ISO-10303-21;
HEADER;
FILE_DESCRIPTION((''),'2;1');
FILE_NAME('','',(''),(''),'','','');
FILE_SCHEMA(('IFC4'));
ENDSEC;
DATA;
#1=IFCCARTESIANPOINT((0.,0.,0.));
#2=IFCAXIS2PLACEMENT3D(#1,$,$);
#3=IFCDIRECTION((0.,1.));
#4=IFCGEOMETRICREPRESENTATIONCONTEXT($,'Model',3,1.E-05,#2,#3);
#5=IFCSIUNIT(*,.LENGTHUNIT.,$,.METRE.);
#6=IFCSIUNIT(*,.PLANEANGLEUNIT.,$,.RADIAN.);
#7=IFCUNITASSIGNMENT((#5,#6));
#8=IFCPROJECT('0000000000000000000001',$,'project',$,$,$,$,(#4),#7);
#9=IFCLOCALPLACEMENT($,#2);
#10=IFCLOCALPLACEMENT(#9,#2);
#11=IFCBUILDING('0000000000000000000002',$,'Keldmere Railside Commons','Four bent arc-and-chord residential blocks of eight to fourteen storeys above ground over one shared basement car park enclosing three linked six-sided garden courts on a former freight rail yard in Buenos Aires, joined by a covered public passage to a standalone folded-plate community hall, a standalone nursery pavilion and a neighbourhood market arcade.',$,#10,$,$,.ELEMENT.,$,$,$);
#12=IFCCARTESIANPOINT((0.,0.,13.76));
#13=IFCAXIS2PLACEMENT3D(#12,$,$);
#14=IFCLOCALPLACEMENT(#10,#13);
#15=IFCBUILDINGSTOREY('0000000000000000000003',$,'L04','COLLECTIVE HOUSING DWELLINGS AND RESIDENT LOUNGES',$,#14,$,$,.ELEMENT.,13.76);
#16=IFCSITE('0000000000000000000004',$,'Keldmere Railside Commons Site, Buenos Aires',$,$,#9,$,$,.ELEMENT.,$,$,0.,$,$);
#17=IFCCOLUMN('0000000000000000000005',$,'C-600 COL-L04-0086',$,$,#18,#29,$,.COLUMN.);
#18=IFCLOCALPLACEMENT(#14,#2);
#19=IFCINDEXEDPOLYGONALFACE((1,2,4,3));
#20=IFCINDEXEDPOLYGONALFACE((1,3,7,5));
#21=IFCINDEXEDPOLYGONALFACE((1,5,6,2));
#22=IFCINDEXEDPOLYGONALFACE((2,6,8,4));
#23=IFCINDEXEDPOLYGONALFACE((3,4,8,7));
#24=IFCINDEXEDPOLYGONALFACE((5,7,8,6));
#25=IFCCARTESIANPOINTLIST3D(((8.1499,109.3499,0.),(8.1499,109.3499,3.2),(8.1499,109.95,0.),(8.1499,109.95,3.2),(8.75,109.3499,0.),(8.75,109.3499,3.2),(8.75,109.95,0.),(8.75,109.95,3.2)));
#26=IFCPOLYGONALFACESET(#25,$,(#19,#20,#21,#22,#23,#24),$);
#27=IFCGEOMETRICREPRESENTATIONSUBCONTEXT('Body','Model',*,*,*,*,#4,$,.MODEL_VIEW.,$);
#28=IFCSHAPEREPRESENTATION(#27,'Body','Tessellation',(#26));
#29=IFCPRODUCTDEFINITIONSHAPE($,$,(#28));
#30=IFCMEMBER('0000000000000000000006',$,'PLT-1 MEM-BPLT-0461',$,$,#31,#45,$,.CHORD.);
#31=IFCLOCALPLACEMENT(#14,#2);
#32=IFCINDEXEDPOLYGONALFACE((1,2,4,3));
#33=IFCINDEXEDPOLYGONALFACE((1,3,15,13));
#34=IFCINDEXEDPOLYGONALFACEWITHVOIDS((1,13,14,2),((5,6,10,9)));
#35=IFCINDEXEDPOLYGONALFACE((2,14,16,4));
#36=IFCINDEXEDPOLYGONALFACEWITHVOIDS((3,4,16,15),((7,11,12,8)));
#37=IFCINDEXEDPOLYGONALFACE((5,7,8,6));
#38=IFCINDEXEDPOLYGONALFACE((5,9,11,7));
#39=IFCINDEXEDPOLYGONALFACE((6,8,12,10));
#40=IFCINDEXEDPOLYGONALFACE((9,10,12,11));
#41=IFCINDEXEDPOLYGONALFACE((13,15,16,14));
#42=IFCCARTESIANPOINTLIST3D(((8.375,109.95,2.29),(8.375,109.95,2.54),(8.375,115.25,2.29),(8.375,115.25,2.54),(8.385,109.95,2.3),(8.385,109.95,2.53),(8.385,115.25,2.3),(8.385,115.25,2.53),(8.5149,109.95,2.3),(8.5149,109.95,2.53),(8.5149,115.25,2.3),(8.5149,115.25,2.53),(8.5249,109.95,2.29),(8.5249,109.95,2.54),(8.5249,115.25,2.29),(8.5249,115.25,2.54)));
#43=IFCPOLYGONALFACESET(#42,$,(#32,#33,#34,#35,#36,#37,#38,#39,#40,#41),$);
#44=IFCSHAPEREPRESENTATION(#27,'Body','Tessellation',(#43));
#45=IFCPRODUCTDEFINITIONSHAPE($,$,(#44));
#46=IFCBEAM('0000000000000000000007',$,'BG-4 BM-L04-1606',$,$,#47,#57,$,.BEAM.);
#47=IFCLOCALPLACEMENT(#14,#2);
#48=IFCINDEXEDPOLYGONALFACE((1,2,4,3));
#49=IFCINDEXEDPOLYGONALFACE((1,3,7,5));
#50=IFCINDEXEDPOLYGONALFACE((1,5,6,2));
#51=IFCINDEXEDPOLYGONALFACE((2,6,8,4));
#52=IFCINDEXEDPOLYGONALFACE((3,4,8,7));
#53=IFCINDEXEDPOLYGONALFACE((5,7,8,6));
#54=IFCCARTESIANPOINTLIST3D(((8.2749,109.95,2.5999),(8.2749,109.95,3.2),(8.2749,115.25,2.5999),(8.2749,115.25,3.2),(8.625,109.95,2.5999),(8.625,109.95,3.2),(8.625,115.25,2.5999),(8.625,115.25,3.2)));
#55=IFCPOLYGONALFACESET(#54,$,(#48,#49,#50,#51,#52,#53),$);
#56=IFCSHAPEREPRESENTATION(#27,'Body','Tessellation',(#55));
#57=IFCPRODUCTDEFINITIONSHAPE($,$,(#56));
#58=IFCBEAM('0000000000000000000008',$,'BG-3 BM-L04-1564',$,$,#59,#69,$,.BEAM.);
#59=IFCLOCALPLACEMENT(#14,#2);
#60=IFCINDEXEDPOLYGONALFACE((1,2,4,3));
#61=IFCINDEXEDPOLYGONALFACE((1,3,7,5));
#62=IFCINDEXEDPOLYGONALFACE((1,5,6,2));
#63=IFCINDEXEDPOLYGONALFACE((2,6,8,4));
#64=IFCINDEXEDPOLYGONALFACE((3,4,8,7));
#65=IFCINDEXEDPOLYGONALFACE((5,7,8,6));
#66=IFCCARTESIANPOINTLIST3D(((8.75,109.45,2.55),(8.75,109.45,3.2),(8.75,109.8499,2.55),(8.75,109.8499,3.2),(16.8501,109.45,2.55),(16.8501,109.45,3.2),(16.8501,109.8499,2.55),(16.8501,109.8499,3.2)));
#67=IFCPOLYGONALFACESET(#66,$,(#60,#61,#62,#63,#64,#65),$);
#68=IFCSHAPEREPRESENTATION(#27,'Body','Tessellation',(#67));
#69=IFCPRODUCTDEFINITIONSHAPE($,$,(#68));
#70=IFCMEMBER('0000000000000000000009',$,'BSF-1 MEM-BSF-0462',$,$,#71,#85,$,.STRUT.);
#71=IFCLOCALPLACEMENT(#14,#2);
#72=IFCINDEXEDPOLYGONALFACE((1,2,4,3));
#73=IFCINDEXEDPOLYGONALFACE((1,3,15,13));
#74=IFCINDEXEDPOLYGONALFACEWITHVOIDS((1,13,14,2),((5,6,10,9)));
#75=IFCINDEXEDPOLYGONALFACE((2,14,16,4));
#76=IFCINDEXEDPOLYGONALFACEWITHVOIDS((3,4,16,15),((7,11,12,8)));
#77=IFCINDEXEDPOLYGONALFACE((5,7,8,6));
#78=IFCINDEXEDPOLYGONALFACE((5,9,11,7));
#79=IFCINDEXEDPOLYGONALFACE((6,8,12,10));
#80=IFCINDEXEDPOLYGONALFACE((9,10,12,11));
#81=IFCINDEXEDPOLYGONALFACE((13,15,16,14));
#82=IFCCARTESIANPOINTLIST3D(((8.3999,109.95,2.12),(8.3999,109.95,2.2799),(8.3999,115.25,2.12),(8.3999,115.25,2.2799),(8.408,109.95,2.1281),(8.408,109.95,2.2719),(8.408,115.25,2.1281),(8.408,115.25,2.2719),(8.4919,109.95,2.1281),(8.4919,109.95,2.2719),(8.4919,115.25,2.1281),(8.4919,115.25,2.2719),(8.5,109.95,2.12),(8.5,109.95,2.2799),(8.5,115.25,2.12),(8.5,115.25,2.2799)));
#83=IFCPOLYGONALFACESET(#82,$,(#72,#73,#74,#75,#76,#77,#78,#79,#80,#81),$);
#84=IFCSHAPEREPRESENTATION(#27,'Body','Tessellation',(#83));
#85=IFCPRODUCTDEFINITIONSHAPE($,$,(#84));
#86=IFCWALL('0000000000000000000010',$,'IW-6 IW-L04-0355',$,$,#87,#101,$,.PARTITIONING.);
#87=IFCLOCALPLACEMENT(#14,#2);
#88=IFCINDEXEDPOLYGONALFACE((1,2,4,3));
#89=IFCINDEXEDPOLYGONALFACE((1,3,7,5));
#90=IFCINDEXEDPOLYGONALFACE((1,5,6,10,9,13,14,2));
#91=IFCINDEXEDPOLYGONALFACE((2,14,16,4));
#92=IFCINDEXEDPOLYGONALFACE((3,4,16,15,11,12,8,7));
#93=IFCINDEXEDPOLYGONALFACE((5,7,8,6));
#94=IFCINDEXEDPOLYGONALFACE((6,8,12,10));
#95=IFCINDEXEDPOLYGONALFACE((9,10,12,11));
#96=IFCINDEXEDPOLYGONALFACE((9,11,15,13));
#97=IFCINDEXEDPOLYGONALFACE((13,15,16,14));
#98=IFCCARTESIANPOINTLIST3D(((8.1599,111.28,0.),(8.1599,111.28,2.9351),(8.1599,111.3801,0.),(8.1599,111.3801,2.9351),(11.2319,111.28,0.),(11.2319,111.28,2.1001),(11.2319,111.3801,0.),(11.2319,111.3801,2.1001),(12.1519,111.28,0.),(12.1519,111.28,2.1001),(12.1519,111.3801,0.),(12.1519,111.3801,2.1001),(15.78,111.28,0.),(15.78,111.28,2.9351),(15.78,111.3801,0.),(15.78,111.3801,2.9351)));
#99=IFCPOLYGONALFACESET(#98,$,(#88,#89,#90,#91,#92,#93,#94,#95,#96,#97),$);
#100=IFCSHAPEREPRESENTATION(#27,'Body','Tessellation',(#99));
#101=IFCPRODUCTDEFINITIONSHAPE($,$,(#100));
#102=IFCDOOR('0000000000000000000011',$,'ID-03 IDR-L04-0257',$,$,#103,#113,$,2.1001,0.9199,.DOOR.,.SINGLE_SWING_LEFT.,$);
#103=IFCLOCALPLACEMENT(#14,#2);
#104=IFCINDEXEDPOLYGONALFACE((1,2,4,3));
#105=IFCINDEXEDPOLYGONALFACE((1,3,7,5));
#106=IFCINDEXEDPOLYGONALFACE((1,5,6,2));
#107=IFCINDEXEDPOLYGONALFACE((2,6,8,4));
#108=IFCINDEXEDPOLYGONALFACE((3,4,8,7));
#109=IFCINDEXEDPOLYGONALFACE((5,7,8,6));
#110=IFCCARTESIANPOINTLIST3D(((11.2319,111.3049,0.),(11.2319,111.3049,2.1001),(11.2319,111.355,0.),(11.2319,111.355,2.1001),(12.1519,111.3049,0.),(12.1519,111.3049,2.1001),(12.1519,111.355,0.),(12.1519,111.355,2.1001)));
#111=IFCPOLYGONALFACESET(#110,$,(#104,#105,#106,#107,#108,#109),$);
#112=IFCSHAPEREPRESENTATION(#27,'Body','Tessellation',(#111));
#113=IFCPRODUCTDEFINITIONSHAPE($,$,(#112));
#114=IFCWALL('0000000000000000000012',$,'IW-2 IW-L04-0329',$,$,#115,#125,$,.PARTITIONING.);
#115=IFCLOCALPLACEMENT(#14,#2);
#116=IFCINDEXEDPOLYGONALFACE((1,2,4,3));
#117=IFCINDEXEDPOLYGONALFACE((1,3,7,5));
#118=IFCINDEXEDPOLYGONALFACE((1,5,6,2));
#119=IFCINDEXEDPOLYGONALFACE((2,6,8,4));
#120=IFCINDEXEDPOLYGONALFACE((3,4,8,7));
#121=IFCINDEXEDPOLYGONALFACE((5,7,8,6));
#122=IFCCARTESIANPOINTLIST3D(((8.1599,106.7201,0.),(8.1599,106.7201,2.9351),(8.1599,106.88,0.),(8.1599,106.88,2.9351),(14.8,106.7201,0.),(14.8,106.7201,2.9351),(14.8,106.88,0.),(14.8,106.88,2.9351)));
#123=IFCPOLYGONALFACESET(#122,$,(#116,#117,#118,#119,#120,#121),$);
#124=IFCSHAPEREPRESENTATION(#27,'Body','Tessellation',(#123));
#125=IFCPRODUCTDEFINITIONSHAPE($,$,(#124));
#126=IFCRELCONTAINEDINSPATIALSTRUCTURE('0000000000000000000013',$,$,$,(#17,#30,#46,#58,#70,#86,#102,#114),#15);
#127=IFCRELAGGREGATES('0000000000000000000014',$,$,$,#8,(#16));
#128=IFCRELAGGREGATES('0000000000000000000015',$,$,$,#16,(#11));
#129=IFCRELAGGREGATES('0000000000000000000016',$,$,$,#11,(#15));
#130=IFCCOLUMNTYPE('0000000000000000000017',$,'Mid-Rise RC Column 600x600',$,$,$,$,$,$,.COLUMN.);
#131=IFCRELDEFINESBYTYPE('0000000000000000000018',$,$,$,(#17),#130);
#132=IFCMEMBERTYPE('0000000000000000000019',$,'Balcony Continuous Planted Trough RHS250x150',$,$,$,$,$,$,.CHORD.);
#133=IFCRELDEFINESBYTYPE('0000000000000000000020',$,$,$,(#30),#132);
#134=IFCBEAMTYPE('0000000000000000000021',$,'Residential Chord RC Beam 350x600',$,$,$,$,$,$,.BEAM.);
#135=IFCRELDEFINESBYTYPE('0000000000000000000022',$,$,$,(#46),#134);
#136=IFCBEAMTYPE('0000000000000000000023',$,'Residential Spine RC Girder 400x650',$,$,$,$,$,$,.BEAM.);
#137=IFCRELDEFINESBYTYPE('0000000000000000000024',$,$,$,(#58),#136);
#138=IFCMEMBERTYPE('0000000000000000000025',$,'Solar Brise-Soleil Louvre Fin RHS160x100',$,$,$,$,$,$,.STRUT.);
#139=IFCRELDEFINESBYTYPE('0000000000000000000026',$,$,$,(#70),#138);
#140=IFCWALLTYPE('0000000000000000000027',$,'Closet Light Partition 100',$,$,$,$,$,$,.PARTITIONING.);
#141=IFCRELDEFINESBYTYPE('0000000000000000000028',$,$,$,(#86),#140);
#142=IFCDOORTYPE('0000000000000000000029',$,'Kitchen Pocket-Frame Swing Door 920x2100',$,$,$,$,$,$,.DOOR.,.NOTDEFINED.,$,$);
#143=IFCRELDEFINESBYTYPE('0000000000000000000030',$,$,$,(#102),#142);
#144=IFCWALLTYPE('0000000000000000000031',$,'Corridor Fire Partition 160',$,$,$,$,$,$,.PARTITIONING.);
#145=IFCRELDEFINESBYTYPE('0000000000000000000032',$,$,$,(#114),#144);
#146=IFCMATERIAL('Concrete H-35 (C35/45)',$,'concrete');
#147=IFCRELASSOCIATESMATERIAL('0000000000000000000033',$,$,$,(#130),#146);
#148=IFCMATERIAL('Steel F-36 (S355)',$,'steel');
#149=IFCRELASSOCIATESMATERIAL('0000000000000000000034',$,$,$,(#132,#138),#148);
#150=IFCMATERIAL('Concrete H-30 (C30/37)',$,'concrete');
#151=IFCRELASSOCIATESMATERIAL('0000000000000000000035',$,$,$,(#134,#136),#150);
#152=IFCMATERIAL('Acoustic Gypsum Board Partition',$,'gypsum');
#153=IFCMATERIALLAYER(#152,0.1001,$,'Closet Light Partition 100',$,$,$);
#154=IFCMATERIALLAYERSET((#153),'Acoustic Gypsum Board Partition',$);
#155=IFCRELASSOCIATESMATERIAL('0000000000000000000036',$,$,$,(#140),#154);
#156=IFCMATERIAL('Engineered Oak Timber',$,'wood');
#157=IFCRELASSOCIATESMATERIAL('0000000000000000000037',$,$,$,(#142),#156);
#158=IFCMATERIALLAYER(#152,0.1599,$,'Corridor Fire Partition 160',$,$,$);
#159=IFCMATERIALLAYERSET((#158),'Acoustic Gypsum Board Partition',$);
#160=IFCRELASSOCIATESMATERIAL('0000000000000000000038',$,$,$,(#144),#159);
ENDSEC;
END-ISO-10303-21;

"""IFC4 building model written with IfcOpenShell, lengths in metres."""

from ifc_helpers import new_model, si_unit, direction, frame, frame_2d, origin, origin_2d, place, context, subcontext, project, spatial, rectangle, hollow_rectangle, extrude, material, layer, layer_set, material_profile, profile_set, type_object, element, fill, save


model = new_model("IFC4")

# Units and contexts
model_context = context("Model", 3, precision=1e-05, world=origin(), true_north=direction((0.0, 1.0)))
body_context = subcontext(model_context, "Body", "Model", "MODEL_VIEW")
ifc_project = project(units=[si_unit("LENGTHUNIT", "METRE"), si_unit("PLANEANGLEUNIT", "RADIAN")], contexts=[model_context])

# Site, building, storey
site_placement = place(None, origin())
site = spatial("IfcSite", under=ifc_project, at=site_placement, Name="Keldmere Railside Commons Site, Buenos Aires", CompositionType="ELEMENT", RefElevation=0.0)
building_placement = place(site_placement, origin())
building = spatial("IfcBuilding", under=site, at=building_placement, Name="Keldmere Railside Commons", Description="Four bent arc-and-chord residential blocks of eight to fourteen storeys above ground over one shared basement car park enclosing three linked six-sided garden courts on a former freight rail yard in Buenos Aires, joined by a covered public passage to a standalone folded-plate community hall, a standalone nursery pavilion and a neighbourhood market arcade.", CompositionType="ELEMENT")
storey_placement = place(building_placement, frame((0.0, 0.0, 13.76)))
storey = spatial("IfcBuildingStorey", under=building, at=storey_placement, Name="L04", Description="COLLECTIVE HOUSING DWELLINGS AND RESIDENT LOUNGES", CompositionType="ELEMENT", Elevation=13.76)

# Column
ifc_material_1 = material(Name="Concrete H-35 (C35/45)", Category="concrete")
ifc_material_profile_1 = material_profile(ifc_material_1, rectangle(XDim=0.6001, YDim=0.6001, at=origin_2d()), Name="RC-600x600")
ifc_profile_set_1 = profile_set([ifc_material_profile_1], Name="Concrete H-35 (C35/45)")
column_type = type_object("IfcColumnType", Name="Mid-Rise RC Column 600x600", PredefinedType="COLUMN", material=ifc_profile_set_1)
column_placement = place(storey_placement, frame((8.45, 109.6499, 0.0), z_axis=(0.0, 0.0, 1.0), x_axis=(1.0, 0.0, 0.0)))
element("IfcColumn", 1, at=column_placement, inside=storey, type_object=column_type, Name="C-600 COL-L04-0086", PredefinedType="COLUMN", context=body_context, shape_type="SweptSolid", body=[
    extrude(rectangle(XDim=0.6001, YDim=0.6001, at=origin_2d()), origin(), (0.0, 0.0, 1.0), 3.2),
])

# Member
ifc_material_2 = material(Name="Steel F-36 (S355)", Category="steel")
ifc_material_profile_2 = material_profile(ifc_material_2, hollow_rectangle(XDim=0.1499, YDim=0.25, WallThickness=0.01, at=origin_2d()), Name="RHS-250x150x10")
ifc_profile_set_2 = profile_set([ifc_material_profile_2], Name="Steel F-36 (S355)")
member_type_1 = type_object("IfcMemberType", Name="Balcony Continuous Planted Trough RHS250x150", PredefinedType="CHORD", material=ifc_profile_set_2)
member_1_placement = place(storey_placement, frame((8.45, 109.95, 2.415), z_axis=(0.0, 1.0, 0.0), x_axis=(-1.0, 0.0, 0.0)))
element("IfcMember", 2, at=member_1_placement, inside=storey, type_object=member_type_1, Name="PLT-1 MEM-BPLT-0461", PredefinedType="CHORD", context=body_context, shape_type="SweptSolid", body=[
    extrude(hollow_rectangle(XDim=0.1499, YDim=0.25, WallThickness=0.01, at=origin_2d()), origin(), (0.0, 0.0, 1.0), 5.3),
])

# Beams
ifc_material_3 = material(Name="Concrete H-30 (C30/37)", Category="concrete")
ifc_material_profile_3 = material_profile(ifc_material_3, rectangle(XDim=0.3501, YDim=0.6001, at=origin_2d()), Name="RC-350x600")
ifc_profile_set_3 = profile_set([ifc_material_profile_3], Name="Concrete H-30 (C30/37)")
beam_type_1 = type_object("IfcBeamType", Name="Residential Chord RC Beam 350x600", PredefinedType="BEAM", material=ifc_profile_set_3)
beam_1_placement = place(storey_placement, frame((8.45, 109.95, 2.8999), z_axis=(0.0, 1.0, 0.0), x_axis=(-1.0, 0.0, 0.0)))
element("IfcBeam", 3, at=beam_1_placement, inside=storey, type_object=beam_type_1, Name="BG-4 BM-L04-1606", PredefinedType="BEAM", context=body_context, shape_type="SweptSolid", body=[
    extrude(rectangle(XDim=0.3501, YDim=0.6001, at=origin_2d()), origin(), (0.0, 0.0, 1.0), 5.3),
])
ifc_material_profile_4 = material_profile(ifc_material_3, rectangle(XDim=0.3999, YDim=0.6499, at=origin_2d()), Name="RC-400x650")
ifc_profile_set_4 = profile_set([ifc_material_profile_4], Name="Concrete H-30 (C30/37)")
beam_type_2 = type_object("IfcBeamType", Name="Residential Spine RC Girder 400x650", PredefinedType="BEAM", material=ifc_profile_set_4)
beam_2_placement = place(storey_placement, frame((8.75, 109.6499, 2.875), z_axis=(1.0, 0.0, 0.0), x_axis=(0.0, 1.0, 0.0)))
element("IfcBeam", 4, at=beam_2_placement, inside=storey, type_object=beam_type_2, Name="BG-3 BM-L04-1564", PredefinedType="BEAM", context=body_context, shape_type="SweptSolid", body=[
    extrude(rectangle(XDim=0.3999, YDim=0.6499, at=origin_2d()), origin(), (0.0, 0.0, 1.0), 8.1001),
])

# Member
ifc_material_profile_5 = material_profile(ifc_material_2, hollow_rectangle(XDim=0.1001, YDim=0.1599, WallThickness=0.0081, at=origin_2d()), Name="RHS-160x100x8")
ifc_profile_set_5 = profile_set([ifc_material_profile_5], Name="Steel F-36 (S355)")
member_type_2 = type_object("IfcMemberType", Name="Solar Brise-Soleil Louvre Fin RHS160x100", PredefinedType="STRUT", material=ifc_profile_set_5)
member_2_placement = place(storey_placement, frame((8.45, 109.95, 2.2), z_axis=(0.0, 1.0, 0.0), x_axis=(-1.0, 0.0, 0.0)))
element("IfcMember", 5, at=member_2_placement, inside=storey, type_object=member_type_2, Name="BSF-1 MEM-BSF-0462", PredefinedType="STRUT", context=body_context, shape_type="SweptSolid", body=[
    extrude(hollow_rectangle(XDim=0.1001, YDim=0.1599, WallThickness=0.0081, at=origin_2d()), origin(), (0.0, 0.0, 1.0), 5.3),
])

# Wall, opening, door
ifc_material_4 = material(Name="Acoustic Gypsum Board Partition", Category="gypsum")
ifc_layer_1 = layer(ifc_material_4, 0.1001, Name="Closet Light Partition 100")
ifc_layer_set_1 = layer_set([ifc_layer_1], Name="Acoustic Gypsum Board Partition")
wall_type_1 = type_object("IfcWallType", Name="Closet Light Partition 100", PredefinedType="PARTITIONING", material=ifc_layer_set_1)
wall_1_placement = place(storey_placement, frame((8.1599, 111.3301, 0.0), z_axis=(0.0, 0.0, 1.0), x_axis=(1.0, 0.0, 0.0)))
wall_1 = element("IfcWall", 6, at=wall_1_placement, inside=storey, type_object=wall_type_1, Name="IW-6 IW-L04-0355", PredefinedType="PARTITIONING", context=body_context, shape_type="SweptSolid", body=[
    extrude(rectangle(XDim=7.6201, YDim=0.1001, at=frame_2d((3.8101, 0.0))), origin(), (0.0, 0.0, 1.0), 2.9351),
])
opening_1_placement = place(wall_1_placement, frame((3.072, 0.0, 0.0)))
opening_1 = element("IfcOpeningElement", 7, at=opening_1_placement, cuts=wall_1, PredefinedType="OPENING", context=body_context, shape_type="SweptSolid", body=[
    extrude(rectangle(XDim=0.9199, YDim=2.1001, at=frame_2d((0.46, 1.05))), frame((0.0, 0.0601, 0.0), z_axis=(0.0, -1.0, 0.0), x_axis=(1.0, 0.0, 0.0)), (0.0, 0.0, 1.0), 0.1201),
])
ifc_material_5 = material(Name="Engineered Oak Timber", Category="wood")
door_type_1 = type_object("IfcDoorType", Name="Kitchen Pocket-Frame Swing Door 920x2100", OperationType="NOTDEFINED", PredefinedType="DOOR", material=ifc_material_5)
door_1_placement = place(opening_1_placement, origin())
door_1 = element("IfcDoor", 8, at=door_1_placement, inside=storey, type_object=door_type_1, Name="ID-03 IDR-L04-0257", OperationType="SINGLE_SWING_LEFT", OverallHeight=2.1001, OverallWidth=0.9199, PredefinedType="DOOR", context=body_context, shape_type="SweptSolid", body=[
    extrude(rectangle(XDim=0.9199, YDim=2.1001, at=frame_2d((0.46, 1.05))), frame((0.0, 0.0249, 0.0), z_axis=(0.0, -1.0, 0.0), x_axis=(1.0, 0.0, 0.0)), (0.0, 0.0, 1.0), 0.05),
])
fill(opening_1, door_1)

# Wall
ifc_layer_2 = layer(ifc_material_4, 0.1599, Name="Corridor Fire Partition 160")
ifc_layer_set_2 = layer_set([ifc_layer_2], Name="Acoustic Gypsum Board Partition")
wall_type_2 = type_object("IfcWallType", Name="Corridor Fire Partition 160", PredefinedType="PARTITIONING", material=ifc_layer_set_2)
wall_2_placement = place(storey_placement, frame((8.1599, 106.8, 0.0), z_axis=(0.0, 0.0, 1.0), x_axis=(1.0, 0.0, 0.0)))
element("IfcWall", 9, at=wall_2_placement, inside=storey, type_object=wall_type_2, Name="IW-2 IW-L04-0329", PredefinedType="PARTITIONING", context=body_context, shape_type="SweptSolid", body=[
    extrude(rectangle(XDim=6.6401, YDim=0.1599, at=frame_2d((3.3201, 0.0))), origin(), (0.0, 0.0, 1.0), 2.9351),
])

save(model, "model.ifc")
